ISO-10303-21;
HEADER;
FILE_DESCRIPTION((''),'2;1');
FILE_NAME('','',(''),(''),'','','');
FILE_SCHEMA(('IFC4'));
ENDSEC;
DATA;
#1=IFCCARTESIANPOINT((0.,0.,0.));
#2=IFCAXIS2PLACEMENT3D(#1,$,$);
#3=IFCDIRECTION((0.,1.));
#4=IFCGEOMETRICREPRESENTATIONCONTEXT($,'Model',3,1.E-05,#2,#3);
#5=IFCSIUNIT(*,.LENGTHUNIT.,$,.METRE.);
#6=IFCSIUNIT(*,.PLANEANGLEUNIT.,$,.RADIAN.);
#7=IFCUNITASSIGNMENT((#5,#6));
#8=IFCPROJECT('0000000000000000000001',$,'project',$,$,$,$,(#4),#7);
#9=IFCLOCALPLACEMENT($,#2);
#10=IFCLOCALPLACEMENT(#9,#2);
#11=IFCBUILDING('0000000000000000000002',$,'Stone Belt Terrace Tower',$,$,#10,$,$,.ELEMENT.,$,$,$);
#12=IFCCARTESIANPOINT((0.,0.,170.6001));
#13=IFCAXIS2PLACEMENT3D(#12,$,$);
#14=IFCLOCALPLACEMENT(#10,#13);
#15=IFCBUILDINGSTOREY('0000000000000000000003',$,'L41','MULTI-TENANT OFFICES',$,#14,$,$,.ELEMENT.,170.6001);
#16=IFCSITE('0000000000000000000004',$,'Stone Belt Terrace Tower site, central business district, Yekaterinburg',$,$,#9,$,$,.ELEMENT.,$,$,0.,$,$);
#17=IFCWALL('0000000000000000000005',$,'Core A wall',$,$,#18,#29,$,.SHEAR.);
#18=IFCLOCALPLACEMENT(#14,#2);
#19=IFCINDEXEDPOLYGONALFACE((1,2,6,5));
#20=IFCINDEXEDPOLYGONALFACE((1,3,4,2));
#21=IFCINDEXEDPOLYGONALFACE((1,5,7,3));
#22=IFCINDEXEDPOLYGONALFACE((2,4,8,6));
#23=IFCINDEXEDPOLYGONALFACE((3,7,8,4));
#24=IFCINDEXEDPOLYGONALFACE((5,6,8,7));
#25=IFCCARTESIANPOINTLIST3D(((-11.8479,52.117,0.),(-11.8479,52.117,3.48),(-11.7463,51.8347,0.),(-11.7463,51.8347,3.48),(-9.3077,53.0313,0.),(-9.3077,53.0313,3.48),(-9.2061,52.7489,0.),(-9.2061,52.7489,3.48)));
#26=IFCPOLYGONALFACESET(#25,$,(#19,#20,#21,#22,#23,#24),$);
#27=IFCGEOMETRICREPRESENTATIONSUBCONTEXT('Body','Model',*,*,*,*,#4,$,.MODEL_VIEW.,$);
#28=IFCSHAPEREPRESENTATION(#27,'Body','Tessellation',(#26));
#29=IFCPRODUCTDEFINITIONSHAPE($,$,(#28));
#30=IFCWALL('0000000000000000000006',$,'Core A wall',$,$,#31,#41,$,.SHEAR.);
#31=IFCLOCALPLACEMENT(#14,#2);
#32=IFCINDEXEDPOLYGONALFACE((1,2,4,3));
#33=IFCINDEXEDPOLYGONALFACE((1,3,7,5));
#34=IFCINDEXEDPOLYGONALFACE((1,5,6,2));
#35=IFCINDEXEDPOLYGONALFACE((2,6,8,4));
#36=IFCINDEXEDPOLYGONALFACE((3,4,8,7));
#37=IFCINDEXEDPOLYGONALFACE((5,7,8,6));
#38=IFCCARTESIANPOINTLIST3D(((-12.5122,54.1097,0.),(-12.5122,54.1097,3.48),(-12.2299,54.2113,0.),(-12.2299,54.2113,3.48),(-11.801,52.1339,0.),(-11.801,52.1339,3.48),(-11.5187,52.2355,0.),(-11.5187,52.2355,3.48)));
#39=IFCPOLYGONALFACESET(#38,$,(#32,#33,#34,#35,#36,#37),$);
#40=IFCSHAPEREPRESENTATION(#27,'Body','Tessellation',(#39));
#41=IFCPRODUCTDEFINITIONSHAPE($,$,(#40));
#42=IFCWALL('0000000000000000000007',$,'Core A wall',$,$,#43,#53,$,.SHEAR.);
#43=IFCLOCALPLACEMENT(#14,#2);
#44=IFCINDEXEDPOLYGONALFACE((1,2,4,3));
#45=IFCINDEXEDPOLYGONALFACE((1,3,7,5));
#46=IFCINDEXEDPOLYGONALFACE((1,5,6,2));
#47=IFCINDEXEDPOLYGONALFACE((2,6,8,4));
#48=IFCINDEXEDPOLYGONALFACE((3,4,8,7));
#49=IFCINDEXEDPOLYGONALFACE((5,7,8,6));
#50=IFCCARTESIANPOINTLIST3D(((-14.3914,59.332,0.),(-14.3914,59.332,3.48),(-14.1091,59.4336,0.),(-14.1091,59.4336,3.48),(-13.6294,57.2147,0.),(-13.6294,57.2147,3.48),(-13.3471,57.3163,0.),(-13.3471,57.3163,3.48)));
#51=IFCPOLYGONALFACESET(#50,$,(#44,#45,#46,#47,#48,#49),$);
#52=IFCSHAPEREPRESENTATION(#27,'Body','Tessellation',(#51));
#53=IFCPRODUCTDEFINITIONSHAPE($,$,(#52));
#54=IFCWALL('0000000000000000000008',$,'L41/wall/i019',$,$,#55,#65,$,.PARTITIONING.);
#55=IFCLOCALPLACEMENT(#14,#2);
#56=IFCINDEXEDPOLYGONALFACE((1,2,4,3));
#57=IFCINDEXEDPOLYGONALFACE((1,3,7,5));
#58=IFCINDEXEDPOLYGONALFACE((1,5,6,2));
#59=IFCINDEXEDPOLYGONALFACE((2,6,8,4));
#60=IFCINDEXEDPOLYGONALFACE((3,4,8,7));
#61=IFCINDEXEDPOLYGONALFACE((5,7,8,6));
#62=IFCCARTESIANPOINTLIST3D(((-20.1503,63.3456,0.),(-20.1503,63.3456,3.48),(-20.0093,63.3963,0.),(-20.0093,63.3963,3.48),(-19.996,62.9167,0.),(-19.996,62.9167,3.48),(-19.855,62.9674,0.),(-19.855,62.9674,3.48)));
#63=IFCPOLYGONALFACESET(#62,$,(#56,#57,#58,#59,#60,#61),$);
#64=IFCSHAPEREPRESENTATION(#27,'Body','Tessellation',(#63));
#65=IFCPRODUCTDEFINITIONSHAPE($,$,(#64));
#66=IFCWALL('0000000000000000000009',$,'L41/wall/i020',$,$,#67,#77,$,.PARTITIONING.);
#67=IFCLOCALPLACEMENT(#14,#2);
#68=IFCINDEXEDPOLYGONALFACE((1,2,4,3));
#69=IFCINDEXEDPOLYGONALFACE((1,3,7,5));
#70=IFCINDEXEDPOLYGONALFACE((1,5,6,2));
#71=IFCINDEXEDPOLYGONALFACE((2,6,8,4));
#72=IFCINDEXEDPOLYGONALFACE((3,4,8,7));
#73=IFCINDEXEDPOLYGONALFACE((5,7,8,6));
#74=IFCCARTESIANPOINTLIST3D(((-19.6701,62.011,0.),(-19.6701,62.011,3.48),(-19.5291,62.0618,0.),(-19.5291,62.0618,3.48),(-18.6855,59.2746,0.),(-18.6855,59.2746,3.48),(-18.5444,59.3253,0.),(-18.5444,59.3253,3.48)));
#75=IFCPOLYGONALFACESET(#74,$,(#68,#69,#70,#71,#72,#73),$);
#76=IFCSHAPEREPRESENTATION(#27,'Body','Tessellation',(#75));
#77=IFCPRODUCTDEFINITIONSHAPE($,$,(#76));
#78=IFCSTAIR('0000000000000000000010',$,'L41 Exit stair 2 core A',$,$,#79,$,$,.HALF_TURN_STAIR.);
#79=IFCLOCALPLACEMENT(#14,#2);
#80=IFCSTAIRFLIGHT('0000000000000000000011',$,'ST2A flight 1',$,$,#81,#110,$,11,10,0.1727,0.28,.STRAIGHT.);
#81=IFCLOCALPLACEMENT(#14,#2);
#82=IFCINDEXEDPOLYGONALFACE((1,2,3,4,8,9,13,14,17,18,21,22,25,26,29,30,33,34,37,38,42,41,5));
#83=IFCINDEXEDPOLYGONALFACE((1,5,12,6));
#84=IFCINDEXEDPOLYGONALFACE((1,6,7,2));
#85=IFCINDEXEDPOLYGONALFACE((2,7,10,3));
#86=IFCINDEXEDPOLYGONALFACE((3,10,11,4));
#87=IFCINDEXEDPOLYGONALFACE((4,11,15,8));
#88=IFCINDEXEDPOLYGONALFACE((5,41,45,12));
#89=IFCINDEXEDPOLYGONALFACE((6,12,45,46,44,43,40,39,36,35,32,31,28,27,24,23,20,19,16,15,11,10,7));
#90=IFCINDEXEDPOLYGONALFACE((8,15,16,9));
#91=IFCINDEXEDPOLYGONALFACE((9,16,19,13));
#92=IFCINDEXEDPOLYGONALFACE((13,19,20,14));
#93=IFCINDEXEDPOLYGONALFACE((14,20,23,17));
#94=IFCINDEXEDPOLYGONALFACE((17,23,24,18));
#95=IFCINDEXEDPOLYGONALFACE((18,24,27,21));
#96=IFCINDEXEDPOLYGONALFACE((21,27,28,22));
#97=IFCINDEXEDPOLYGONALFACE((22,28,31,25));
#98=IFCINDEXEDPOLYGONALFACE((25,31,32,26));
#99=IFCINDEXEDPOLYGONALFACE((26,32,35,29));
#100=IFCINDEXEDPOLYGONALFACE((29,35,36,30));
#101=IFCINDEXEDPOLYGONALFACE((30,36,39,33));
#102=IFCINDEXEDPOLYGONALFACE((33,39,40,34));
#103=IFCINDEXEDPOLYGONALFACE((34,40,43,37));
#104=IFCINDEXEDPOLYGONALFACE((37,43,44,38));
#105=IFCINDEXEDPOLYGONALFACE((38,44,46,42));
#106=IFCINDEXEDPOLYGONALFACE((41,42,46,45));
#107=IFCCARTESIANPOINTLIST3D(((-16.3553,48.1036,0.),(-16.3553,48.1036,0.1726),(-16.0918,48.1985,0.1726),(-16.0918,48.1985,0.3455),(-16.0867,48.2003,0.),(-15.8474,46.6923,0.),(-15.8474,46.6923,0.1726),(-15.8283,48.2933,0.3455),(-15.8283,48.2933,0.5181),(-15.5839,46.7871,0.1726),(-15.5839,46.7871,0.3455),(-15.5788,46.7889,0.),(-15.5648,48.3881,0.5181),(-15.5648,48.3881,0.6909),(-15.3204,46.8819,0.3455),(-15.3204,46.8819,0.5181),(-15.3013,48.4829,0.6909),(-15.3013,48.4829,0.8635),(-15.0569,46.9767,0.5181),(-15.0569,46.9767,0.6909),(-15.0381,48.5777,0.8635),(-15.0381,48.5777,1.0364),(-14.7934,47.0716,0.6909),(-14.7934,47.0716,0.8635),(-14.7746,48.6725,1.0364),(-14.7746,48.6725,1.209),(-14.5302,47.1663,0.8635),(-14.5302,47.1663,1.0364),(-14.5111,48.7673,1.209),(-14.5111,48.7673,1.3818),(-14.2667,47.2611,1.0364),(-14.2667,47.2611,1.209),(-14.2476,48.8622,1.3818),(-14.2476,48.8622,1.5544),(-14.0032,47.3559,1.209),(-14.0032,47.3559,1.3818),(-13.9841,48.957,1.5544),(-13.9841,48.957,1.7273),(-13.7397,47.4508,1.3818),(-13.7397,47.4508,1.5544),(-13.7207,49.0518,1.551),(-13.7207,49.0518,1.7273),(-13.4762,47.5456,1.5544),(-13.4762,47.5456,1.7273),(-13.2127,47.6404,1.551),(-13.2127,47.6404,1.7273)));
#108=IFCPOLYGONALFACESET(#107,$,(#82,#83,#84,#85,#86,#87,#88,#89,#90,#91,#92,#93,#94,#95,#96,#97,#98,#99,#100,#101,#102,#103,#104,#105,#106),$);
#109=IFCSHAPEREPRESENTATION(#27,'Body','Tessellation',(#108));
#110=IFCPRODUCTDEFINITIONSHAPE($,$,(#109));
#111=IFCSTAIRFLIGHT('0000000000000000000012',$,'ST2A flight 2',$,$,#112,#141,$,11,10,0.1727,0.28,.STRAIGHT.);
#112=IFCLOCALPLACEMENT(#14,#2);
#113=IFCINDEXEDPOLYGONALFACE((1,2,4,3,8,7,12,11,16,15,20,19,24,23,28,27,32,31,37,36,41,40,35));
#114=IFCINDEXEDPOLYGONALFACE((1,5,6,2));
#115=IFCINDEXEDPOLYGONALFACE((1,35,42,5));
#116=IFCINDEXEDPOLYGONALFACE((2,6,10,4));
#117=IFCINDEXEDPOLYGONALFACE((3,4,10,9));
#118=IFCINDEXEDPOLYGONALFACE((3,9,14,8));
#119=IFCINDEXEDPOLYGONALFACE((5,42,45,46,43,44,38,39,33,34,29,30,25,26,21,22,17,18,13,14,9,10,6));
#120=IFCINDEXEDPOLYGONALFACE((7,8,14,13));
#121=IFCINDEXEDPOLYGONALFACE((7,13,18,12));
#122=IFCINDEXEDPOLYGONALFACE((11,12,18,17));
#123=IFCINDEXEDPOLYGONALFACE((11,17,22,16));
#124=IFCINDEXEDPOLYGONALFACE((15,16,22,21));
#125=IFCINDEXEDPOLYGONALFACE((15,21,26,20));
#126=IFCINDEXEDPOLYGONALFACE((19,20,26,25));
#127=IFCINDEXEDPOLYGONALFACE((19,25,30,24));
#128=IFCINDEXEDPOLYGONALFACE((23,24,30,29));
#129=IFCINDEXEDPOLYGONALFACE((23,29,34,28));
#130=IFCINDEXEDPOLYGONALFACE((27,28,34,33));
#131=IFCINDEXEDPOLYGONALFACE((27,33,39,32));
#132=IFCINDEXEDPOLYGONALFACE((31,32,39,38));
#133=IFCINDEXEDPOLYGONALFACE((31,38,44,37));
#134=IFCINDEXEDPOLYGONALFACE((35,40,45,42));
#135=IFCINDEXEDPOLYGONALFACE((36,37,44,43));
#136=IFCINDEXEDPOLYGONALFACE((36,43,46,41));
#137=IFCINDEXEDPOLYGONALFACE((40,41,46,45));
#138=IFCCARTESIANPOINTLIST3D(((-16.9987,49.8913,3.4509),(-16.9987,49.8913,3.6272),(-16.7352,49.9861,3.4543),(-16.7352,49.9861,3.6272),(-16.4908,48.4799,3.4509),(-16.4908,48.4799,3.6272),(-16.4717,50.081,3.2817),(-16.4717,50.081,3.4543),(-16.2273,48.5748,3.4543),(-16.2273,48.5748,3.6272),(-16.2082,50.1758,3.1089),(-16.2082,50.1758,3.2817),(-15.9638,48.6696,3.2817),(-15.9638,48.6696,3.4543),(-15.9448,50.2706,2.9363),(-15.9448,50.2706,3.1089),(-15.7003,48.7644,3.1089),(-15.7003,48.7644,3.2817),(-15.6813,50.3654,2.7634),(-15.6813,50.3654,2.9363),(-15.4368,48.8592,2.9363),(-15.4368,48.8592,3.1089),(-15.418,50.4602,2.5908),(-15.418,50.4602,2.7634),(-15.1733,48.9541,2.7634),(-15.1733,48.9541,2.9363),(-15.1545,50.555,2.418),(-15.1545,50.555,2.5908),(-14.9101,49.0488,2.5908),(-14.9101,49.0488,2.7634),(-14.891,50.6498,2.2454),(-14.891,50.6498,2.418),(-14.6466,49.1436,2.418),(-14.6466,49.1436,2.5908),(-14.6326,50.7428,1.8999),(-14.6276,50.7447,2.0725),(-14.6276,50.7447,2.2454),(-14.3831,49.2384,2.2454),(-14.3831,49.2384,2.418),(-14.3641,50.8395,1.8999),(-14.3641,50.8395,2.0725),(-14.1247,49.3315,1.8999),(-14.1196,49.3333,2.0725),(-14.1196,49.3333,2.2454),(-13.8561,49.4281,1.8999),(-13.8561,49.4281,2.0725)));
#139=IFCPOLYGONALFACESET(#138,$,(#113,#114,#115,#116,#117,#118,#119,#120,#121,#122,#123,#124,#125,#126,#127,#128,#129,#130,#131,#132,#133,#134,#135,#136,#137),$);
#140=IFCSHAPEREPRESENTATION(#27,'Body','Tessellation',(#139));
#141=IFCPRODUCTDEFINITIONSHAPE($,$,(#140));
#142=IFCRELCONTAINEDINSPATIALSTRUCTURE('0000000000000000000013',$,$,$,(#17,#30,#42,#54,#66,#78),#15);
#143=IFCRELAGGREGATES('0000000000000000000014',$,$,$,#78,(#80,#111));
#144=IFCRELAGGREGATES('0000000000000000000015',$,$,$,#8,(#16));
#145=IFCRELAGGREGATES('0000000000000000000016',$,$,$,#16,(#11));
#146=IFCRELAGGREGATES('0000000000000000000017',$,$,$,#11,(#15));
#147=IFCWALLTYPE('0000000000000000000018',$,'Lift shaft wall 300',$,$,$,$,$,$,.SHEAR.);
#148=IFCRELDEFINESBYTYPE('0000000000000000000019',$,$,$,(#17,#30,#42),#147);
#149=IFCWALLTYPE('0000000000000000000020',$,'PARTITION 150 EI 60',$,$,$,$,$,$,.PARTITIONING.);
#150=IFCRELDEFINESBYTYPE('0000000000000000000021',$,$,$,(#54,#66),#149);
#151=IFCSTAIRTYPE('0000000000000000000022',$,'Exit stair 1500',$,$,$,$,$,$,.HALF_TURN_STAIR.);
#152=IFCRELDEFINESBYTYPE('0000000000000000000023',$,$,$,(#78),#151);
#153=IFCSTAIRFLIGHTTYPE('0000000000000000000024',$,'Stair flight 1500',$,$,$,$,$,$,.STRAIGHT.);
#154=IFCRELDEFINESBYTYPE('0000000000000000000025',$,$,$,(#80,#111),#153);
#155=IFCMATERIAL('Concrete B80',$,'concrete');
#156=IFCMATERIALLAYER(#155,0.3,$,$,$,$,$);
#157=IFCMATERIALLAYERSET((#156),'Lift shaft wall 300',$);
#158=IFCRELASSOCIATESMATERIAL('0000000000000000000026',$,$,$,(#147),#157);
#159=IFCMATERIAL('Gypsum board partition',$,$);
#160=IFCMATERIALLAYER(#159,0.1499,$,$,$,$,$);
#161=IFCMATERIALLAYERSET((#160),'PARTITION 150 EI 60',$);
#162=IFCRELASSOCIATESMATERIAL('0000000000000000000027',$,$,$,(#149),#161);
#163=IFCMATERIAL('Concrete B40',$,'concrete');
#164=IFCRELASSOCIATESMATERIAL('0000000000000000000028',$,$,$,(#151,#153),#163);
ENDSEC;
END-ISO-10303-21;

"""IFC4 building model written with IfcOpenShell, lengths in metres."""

from ifc_helpers import new_model, si_unit, direction, frame, frame_2d, origin, place, context, subcontext, project, spatial, polyline, rectangle, outline, extrude, material, layer, layer_set, type_object, element, aggregate, save


model = new_model("IFC4")

# Units and contexts
model_context = context("Model", 3, precision=1e-05, world=origin(), true_north=direction((0.0, 1.0)))
body_context = subcontext(model_context, "Body", "Model", "MODEL_VIEW")
ifc_project = project(units=[si_unit("LENGTHUNIT", "METRE"), si_unit("PLANEANGLEUNIT", "RADIAN")], contexts=[model_context])

# Site, building, storey
site_placement = place(None, origin())
site = spatial("IfcSite", under=ifc_project, at=site_placement, Name="Stone Belt Terrace Tower site, central business district, Yekaterinburg", CompositionType="ELEMENT", RefElevation=0.0)
building_placement = place(site_placement, origin())
building = spatial("IfcBuilding", under=site, at=building_placement, Name="Stone Belt Terrace Tower", CompositionType="ELEMENT")
storey_placement = place(building_placement, frame((0.0, 0.0, 170.6001)))
storey = spatial("IfcBuildingStorey", under=building, at=storey_placement, Name="L41", Description="MULTI-TENANT OFFICES", CompositionType="ELEMENT", Elevation=170.6001)

# Shared definitions
ifc_material_1 = material(Name="Concrete B80", Category="concrete")

# Walls
ifc_layer_1 = layer(ifc_material_1, 0.3)
ifc_layer_set_1 = layer_set([ifc_layer_1], Name="Lift shaft wall 300")
wall_type_1 = type_object("IfcWallType", Name="Lift shaft wall 300", PredefinedType="SHEAR", material=ifc_layer_set_1)
wall_1_placement = place(storey_placement, frame((-11.7971, 51.9758, 0.0), z_axis=(0.0, 0.0, 1.0), x_axis=(0.94091, 0.338655, 0.0)))
element("IfcWall", 1, at=wall_1_placement, inside=storey, type_object=wall_type_1, Name="Core A wall", PredefinedType="SHEAR", context=body_context, shape_type="SweptSolid", body=[
    extrude(rectangle(XDim=2.6997, YDim=0.3, at=frame_2d((1.3499, 0.0))), origin(), (0.0, 0.0, 1.0), 3.48),
])
wall_2_placement = place(storey_placement, frame((-11.6599, 52.1848, 0.0), z_axis=(0.0, 0.0, 1.0), x_axis=(-0.33867, 0.940905, 0.0)))
element("IfcWall", 2, at=wall_2_placement, inside=storey, type_object=wall_type_1, Name="Core A wall", PredefinedType="SHEAR", context=body_context, shape_type="SweptSolid", body=[
    extrude(rectangle(XDim=2.0999, YDim=0.3, at=frame_2d((1.0498, 0.0))), origin(), (0.0, 0.0, 1.0), 3.48),
])
wall_3_placement = place(storey_placement, frame((-13.4883, 57.2656, 0.0), z_axis=(0.0, 0.0, 1.0), x_axis=(-0.338631, 0.940919, 0.0)))
element("IfcWall", 3, at=wall_3_placement, inside=storey, type_object=wall_type_1, Name="Core A wall", PredefinedType="SHEAR", context=body_context, shape_type="SweptSolid", body=[
    extrude(rectangle(XDim=2.2502, YDim=0.3, at=frame_2d((1.125, 0.0))), origin(), (0.0, 0.0, 1.0), 3.48),
])
ifc_material_2 = material(Name="Gypsum board partition")
ifc_layer_2 = layer(ifc_material_2, 0.1499)
ifc_layer_set_2 = layer_set([ifc_layer_2], Name="PARTITION 150 EI 60")
wall_type_2 = type_object("IfcWallType", Name="PARTITION 150 EI 60", PredefinedType="PARTITIONING", material=ifc_layer_set_2)
wall_4_placement = place(storey_placement, frame((-20.0798, 63.3711, 0.0), z_axis=(0.0, 0.0, 1.0), x_axis=(0.338473, -0.940976, 0.0)))
element("IfcWall", 4, at=wall_4_placement, inside=storey, type_object=wall_type_2, Name="L41/wall/i019", PredefinedType="PARTITIONING", context=body_context, shape_type="SweptSolid", body=[
    extrude(rectangle(XDim=0.4558, YDim=0.1499, at=frame_2d((0.228, 0.0))), origin(), (0.0, 0.0, 1.0), 3.48),
])
wall_5_placement = place(storey_placement, frame((-19.5996, 62.0364, 0.0), z_axis=(0.0, 0.0, 1.0), x_axis=(0.33858, -0.940938, 0.0)))
element("IfcWall", 5, at=wall_5_placement, inside=storey, type_object=wall_type_2, Name="L41/wall/i020", PredefinedType="PARTITIONING", context=body_context, shape_type="SweptSolid", body=[
    extrude(rectangle(XDim=2.9082, YDim=0.1499, at=frame_2d((1.4541, 0.0))), origin(), (0.0, 0.0, 1.0), 3.48),
])

# Stair, stair flights
ifc_material_3 = material(Name="Concrete B40", Category="concrete")
stair_type = type_object("IfcStairType", Name="Exit stair 1500", PredefinedType="HALF_TURN_STAIR", material=ifc_material_3)
stair_placement = place(storey_placement, origin())
stair = element("IfcStair", 6, at=stair_placement, inside=storey, type_object=stair_type, Name="L41 Exit stair 2 core A", PredefinedType="HALF_TURN_STAIR")
stair_flight_type = type_object("IfcStairFlightType", Name="Stair flight 1500", PredefinedType="STRAIGHT", material=ifc_material_3)
stair_flight_1_placement = place(storey_placement, frame((-16.1013, 47.3979, 0.0), z_axis=(0.0, 0.0, 1.0), x_axis=(0.940922, 0.338624, 0.0)))
stair_flight_1 = element("IfcStairFlight", 7, at=stair_flight_1_placement, type_object=stair_flight_type, Name="ST2A flight 1", NumberOfRisers=11, NumberOfTreads=10, PredefinedType="STRAIGHT", RiserHeight=0.1727, TreadLength=0.28, context=body_context, shape_type="SweptSolid", body=[
    extrude(outline(polyline([(0.0, 0.0), (0.0, 0.1726), (0.28, 0.1726), (0.28, 0.3455), (0.5601, 0.3455), (0.5601, 0.5181), (0.8401, 0.5181), (0.8401, 0.6909), (1.1201, 0.6909), (1.1201, 0.8635), (1.3999, 0.8635), (1.3999, 1.0364), (1.6799, 1.0364), (1.6799, 1.209), (1.96, 1.209), (1.96, 1.3818), (2.24, 1.3818), (2.24, 1.5544), (2.52, 1.5544), (2.52, 1.7273), (2.8, 1.7273), (2.8, 1.8999), (2.8, 1.551), (0.2854, 0.0), (0.0, 0.0)])), frame((0.0, 0.75, 0.0), z_axis=(0.0, -1.0, 0.0), x_axis=(1.0, 0.0, 0.0)), (0.0, 0.0, 1.0), 1.5),
])
stair_flight_2_placement = place(storey_placement, frame((-14.1101, 50.1338, 1.8999), z_axis=(0.0, 0.0, 1.0), x_axis=(-0.940922, -0.338624, 0.0)))
stair_flight_2 = element("IfcStairFlight", 8, at=stair_flight_2_placement, type_object=stair_flight_type, Name="ST2A flight 2", NumberOfRisers=11, NumberOfTreads=10, PredefinedType="STRAIGHT", RiserHeight=0.1727, TreadLength=0.28, context=body_context, shape_type="SweptSolid", body=[
    extrude(outline(polyline([(0.0, 0.0), (0.0, 0.1726), (0.28, 0.1726), (0.28, 0.3455), (0.5601, 0.3455), (0.5601, 0.5181), (0.8401, 0.5181), (0.8401, 0.6909), (1.1201, 0.6909), (1.1201, 0.8635), (1.3999, 0.8635), (1.3999, 1.0364), (1.6799, 1.0364), (1.6799, 1.209), (1.96, 1.209), (1.96, 1.3818), (2.24, 1.3818), (2.24, 1.5544), (2.52, 1.5544), (2.52, 1.7273), (2.8, 1.7273), (2.8, 1.8999), (2.8, 1.551), (0.2854, 0.0), (0.0, 0.0)])), frame((0.0, 0.75, 0.0), z_axis=(0.0, -1.0, 0.0), x_axis=(1.0, 0.0, 0.0)), (0.0, 0.0, 1.0), 1.5),
])
aggregate(stair, [stair_flight_1, stair_flight_2])

save(model, "model.ifc")
